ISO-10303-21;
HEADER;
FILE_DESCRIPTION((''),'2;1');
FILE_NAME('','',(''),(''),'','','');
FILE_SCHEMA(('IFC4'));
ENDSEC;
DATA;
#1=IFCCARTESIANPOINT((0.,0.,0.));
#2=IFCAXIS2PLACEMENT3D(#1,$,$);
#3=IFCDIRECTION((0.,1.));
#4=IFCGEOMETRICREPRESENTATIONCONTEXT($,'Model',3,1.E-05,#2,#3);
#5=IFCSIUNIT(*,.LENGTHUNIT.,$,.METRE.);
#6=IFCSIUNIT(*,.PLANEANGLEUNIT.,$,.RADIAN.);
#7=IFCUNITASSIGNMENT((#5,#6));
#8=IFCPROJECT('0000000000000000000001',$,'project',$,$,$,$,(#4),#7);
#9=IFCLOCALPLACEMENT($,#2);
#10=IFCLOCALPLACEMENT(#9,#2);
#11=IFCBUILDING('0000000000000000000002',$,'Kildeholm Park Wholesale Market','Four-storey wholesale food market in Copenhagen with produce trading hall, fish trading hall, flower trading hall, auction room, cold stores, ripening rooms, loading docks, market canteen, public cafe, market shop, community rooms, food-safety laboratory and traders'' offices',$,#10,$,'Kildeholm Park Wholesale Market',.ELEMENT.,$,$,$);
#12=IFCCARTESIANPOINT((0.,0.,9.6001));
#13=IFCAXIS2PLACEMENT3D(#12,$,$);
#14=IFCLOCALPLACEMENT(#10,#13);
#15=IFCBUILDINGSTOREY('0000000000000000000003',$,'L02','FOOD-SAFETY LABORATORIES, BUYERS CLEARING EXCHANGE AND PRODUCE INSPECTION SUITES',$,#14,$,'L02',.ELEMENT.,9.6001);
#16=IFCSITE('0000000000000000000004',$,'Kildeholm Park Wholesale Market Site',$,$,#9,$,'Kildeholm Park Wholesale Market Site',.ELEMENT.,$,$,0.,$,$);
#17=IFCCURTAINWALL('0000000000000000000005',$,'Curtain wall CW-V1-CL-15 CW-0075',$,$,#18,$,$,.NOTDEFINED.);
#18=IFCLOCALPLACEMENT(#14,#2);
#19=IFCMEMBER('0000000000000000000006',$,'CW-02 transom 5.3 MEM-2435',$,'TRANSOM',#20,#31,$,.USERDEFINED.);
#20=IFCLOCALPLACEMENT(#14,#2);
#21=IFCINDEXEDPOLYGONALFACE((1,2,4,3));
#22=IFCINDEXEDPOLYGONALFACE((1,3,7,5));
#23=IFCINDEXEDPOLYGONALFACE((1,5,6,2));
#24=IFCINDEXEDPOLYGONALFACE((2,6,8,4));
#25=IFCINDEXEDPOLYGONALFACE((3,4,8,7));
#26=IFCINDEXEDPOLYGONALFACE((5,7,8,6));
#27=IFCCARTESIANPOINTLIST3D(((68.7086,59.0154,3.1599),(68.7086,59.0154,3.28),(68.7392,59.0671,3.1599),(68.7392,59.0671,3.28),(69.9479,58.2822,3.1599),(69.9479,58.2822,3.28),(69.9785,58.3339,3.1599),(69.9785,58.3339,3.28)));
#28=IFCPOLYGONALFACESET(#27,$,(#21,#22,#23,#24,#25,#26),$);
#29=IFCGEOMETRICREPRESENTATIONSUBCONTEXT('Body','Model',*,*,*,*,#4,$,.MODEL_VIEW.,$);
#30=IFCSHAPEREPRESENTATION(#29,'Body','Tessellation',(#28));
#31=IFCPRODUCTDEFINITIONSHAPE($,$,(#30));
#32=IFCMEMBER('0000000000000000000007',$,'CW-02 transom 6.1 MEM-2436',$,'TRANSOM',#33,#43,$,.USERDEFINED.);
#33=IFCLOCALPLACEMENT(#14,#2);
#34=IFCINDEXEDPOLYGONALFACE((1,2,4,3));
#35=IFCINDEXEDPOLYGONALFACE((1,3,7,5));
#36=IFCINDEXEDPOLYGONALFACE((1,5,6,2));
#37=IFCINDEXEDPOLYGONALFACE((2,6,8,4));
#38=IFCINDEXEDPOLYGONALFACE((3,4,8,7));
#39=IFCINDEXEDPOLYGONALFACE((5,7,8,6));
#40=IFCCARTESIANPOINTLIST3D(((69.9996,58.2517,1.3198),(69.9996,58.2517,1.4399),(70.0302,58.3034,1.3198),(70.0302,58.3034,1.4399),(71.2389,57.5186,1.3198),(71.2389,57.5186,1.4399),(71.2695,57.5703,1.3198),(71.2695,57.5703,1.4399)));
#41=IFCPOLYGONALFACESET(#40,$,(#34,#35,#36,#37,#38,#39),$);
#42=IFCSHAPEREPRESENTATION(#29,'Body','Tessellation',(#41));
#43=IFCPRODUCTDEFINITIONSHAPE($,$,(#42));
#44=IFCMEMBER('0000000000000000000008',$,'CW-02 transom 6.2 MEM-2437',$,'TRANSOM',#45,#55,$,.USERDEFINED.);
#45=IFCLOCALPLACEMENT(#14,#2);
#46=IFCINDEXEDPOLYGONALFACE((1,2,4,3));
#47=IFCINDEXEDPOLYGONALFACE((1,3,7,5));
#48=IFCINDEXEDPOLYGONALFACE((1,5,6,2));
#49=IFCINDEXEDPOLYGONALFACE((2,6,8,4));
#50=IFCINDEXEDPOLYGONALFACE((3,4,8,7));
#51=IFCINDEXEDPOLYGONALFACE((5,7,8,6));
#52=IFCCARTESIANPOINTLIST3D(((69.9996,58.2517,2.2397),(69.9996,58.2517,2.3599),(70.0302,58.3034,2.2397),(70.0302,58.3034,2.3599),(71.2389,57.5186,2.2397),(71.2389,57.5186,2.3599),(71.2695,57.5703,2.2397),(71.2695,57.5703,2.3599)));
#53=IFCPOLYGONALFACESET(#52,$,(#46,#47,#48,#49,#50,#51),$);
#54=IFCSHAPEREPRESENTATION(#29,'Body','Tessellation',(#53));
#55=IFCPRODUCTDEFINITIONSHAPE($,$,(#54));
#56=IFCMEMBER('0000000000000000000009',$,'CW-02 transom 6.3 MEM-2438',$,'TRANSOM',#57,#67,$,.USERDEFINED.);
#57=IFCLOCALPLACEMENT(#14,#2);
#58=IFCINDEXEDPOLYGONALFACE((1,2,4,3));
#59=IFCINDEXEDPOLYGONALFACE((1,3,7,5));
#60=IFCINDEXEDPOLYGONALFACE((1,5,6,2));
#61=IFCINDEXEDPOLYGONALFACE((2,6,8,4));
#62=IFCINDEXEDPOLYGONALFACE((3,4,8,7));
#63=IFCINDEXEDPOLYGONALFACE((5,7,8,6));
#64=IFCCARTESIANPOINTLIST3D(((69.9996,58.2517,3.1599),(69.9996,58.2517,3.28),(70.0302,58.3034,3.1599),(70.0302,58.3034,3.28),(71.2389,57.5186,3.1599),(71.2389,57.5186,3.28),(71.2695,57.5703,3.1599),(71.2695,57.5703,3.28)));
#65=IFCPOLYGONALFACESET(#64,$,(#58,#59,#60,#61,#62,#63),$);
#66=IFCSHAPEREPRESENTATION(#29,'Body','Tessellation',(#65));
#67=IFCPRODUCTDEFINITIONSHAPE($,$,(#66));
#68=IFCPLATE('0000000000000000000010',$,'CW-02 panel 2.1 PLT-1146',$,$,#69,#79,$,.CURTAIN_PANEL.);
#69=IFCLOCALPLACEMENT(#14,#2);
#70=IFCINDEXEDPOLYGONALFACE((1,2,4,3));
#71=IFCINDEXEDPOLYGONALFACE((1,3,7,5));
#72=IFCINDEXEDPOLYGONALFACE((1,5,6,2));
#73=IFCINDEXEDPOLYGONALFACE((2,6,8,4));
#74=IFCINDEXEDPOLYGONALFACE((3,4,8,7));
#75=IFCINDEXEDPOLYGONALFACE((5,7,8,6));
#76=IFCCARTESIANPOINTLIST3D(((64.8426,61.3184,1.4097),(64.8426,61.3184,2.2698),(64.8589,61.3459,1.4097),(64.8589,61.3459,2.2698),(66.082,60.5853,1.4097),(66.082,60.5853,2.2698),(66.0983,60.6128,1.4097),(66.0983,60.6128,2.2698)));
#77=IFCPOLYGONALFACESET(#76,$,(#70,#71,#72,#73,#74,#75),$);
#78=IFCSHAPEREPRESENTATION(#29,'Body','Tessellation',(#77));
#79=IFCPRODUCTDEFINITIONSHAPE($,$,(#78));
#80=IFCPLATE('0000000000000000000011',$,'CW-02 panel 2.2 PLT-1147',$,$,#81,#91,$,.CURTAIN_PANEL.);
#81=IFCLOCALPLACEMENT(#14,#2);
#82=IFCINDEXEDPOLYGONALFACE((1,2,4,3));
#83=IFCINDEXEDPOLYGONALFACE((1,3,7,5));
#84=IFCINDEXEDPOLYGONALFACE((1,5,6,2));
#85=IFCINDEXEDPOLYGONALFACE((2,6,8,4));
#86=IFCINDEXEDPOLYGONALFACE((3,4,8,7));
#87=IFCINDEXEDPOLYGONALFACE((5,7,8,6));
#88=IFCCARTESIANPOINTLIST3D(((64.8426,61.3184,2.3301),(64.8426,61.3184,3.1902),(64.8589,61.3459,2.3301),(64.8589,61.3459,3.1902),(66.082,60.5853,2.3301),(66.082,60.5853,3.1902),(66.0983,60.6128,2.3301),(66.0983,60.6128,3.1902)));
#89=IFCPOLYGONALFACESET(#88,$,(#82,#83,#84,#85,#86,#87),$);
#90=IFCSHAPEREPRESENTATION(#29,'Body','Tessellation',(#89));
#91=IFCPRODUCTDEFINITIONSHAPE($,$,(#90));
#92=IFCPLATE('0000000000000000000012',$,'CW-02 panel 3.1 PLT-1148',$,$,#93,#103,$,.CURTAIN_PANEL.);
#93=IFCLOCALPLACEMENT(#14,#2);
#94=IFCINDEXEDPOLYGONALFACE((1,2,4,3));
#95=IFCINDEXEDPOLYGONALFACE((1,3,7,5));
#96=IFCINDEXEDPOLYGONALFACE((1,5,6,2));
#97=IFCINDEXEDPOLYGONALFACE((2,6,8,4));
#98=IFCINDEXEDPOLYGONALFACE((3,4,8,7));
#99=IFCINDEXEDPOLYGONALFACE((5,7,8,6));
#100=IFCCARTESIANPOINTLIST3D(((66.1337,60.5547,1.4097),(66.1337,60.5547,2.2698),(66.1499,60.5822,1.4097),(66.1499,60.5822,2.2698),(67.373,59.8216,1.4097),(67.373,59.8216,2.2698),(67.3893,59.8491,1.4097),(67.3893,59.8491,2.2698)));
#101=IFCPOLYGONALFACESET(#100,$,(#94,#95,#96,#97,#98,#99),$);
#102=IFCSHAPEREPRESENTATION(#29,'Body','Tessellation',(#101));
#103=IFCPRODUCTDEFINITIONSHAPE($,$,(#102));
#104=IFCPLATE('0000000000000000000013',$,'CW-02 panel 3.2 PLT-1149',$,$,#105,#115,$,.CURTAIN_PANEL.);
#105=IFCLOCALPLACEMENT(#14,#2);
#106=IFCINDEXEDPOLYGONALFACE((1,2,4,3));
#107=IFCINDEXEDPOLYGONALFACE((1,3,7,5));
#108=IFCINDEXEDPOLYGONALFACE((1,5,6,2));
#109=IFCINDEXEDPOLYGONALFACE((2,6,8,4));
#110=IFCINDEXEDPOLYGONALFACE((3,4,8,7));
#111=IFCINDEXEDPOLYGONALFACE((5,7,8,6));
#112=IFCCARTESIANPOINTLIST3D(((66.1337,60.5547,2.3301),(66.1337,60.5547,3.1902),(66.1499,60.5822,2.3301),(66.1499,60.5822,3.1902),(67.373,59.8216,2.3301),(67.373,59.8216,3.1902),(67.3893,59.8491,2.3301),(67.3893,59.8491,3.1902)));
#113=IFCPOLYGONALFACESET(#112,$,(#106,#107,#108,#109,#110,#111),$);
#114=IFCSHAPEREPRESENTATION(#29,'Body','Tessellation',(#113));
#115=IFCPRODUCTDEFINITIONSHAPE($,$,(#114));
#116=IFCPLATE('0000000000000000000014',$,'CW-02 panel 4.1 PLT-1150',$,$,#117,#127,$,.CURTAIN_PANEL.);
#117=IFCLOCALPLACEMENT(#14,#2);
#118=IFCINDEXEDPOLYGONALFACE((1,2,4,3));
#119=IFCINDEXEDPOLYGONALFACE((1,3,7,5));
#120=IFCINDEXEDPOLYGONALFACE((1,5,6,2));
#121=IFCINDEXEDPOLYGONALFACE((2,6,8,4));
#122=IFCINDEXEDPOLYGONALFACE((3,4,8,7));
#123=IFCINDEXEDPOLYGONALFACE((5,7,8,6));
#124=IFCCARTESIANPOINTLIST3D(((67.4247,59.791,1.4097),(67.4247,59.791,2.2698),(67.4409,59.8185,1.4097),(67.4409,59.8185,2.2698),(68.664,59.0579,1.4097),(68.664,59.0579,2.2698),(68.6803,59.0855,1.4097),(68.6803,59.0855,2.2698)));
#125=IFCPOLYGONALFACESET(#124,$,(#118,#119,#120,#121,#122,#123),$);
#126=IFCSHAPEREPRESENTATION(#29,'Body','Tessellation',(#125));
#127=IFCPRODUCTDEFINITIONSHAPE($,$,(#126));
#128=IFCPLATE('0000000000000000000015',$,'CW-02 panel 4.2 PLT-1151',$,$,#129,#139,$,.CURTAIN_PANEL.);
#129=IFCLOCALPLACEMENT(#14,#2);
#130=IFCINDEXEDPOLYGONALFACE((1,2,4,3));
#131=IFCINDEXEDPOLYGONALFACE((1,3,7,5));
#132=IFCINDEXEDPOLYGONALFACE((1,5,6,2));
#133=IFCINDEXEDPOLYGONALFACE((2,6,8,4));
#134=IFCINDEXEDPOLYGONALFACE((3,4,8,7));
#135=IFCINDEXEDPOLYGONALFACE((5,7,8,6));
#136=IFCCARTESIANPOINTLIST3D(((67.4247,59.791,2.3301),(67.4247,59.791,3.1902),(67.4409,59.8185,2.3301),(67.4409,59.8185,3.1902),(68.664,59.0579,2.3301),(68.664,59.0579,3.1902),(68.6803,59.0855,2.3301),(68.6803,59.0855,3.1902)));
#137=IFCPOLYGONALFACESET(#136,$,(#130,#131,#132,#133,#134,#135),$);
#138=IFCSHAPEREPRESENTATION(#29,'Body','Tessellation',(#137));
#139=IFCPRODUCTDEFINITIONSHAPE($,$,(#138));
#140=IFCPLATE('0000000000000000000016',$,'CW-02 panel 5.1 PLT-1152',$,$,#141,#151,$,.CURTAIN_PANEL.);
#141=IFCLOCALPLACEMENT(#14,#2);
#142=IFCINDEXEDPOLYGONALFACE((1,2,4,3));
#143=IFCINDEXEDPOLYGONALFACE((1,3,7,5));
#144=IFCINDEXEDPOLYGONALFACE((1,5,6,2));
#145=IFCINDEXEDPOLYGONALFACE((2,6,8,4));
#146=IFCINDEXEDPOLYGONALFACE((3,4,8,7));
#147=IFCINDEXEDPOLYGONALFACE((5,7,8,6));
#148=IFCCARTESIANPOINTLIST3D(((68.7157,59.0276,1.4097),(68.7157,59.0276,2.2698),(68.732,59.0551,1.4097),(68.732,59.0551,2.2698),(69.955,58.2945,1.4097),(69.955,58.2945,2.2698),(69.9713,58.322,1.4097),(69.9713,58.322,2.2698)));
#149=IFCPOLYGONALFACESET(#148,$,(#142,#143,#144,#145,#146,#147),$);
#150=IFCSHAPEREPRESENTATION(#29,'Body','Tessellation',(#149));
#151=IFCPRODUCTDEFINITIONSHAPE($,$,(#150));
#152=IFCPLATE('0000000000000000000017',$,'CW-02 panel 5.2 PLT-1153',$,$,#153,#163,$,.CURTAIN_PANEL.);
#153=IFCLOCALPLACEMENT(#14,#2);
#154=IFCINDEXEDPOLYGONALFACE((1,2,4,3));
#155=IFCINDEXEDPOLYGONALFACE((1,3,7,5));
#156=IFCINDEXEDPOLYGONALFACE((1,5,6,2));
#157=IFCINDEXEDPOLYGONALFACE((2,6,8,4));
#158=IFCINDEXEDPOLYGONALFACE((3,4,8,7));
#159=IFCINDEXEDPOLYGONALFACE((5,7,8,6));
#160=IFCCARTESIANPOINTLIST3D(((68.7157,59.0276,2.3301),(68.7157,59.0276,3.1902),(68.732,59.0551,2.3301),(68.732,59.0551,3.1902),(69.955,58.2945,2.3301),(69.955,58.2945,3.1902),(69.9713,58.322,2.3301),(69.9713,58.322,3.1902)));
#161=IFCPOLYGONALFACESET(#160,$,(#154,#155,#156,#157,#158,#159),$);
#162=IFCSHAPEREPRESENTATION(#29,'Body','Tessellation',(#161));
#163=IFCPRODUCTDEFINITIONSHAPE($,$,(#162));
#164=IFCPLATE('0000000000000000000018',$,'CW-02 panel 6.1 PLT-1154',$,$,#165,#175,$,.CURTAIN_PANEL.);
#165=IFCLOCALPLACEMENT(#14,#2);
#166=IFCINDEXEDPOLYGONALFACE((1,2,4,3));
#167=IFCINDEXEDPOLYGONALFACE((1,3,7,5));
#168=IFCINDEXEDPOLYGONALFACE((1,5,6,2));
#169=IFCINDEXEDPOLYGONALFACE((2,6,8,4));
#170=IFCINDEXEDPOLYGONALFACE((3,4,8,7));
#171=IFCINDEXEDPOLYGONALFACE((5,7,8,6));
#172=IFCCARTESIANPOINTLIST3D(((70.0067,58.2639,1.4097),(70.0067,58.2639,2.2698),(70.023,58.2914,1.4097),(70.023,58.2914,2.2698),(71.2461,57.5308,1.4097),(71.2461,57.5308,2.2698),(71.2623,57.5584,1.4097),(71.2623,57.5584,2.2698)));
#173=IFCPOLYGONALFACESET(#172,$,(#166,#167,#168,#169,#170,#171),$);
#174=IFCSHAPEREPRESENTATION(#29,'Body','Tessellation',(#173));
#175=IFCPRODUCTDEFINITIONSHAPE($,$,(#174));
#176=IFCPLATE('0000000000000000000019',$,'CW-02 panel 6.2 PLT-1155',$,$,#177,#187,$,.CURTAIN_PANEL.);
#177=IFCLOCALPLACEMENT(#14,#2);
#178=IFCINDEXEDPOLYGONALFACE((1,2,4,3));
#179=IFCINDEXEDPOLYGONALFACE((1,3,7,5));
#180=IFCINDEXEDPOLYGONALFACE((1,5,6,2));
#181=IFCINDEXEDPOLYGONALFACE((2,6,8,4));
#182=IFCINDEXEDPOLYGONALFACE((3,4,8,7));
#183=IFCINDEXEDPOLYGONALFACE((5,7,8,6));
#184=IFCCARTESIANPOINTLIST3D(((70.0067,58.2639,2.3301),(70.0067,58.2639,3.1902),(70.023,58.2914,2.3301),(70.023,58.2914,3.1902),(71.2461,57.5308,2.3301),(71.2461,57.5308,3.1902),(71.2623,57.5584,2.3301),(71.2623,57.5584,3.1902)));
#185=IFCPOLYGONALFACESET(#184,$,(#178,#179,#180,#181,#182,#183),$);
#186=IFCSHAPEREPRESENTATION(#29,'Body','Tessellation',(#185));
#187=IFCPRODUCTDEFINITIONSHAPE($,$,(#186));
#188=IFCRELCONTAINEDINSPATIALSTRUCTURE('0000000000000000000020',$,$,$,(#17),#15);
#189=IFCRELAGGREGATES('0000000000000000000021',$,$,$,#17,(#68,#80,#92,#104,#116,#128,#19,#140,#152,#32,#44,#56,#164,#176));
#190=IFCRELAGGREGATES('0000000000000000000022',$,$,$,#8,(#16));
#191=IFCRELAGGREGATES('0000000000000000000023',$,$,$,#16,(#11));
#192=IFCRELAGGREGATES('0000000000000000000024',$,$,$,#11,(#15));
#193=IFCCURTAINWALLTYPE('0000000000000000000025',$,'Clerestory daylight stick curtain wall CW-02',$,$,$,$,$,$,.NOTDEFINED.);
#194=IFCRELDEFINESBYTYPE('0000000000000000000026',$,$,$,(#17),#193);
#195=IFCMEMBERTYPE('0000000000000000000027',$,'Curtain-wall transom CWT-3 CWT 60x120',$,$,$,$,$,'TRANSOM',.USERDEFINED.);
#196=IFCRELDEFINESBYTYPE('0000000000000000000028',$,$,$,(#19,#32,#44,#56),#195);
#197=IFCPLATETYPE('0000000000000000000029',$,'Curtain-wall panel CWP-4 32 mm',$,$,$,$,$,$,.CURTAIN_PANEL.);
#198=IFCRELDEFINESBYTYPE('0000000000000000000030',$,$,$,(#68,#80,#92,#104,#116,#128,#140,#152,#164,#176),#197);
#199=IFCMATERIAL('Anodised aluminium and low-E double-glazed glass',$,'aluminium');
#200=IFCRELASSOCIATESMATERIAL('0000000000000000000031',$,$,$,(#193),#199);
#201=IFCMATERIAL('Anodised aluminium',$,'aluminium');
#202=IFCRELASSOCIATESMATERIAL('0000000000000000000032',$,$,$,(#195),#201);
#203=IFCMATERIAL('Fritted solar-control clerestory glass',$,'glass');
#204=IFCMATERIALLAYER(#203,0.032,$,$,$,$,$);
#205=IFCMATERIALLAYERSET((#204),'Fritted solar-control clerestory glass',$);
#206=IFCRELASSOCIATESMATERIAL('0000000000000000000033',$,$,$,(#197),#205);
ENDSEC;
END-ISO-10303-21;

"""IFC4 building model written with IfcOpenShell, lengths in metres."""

from ifc_helpers import new_model, si_unit, direction, frame, origin, origin_2d, place, context, subcontext, project, spatial, rectangle, extrude, material, layer, layer_set, material_profile, profile_set, type_object, element, aggregate, save


model = new_model("IFC4")

# Units and contexts
model_context = context("Model", 3, precision=1e-05, world=origin(), true_north=direction((0.0, 1.0)))
body_context = subcontext(model_context, "Body", "Model", "MODEL_VIEW")
ifc_project = project(units=[si_unit("LENGTHUNIT", "METRE"), si_unit("PLANEANGLEUNIT", "RADIAN")], contexts=[model_context])

# Site, building, storey
site_placement = place(None, origin())
site = spatial("IfcSite", under=ifc_project, at=site_placement, Name="Kildeholm Park Wholesale Market Site", LongName="Kildeholm Park Wholesale Market Site", CompositionType="ELEMENT", RefElevation=0.0)
building_placement = place(site_placement, origin())
building = spatial("IfcBuilding", under=site, at=building_placement, Name="Kildeholm Park Wholesale Market", Description="Four-storey wholesale food market in Copenhagen with produce trading hall, fish trading hall, flower trading hall, auction room, cold stores, ripening rooms, loading docks, market canteen, public cafe, market shop, community rooms, food-safety laboratory and traders' offices", LongName="Kildeholm Park Wholesale Market", CompositionType="ELEMENT")
storey_placement = place(building_placement, frame((0.0, 0.0, 9.6001)))
storey = spatial("IfcBuildingStorey", under=building, at=storey_placement, Name="L02", Description="FOOD-SAFETY LABORATORIES, BUYERS CLEARING EXCHANGE AND PRODUCE INSPECTION SUITES", LongName="L02", CompositionType="ELEMENT", Elevation=9.6001)

# Curtain wall, members, plates
ifc_material_1 = material(Name="Anodised aluminium and low-E double-glazed glass", Category="aluminium")
curtain_wall_type = type_object("IfcCurtainWallType", Name="Clerestory daylight stick curtain wall CW-02", PredefinedType="NOTDEFINED", material=ifc_material_1)
curtain_wall_placement = place(storey_placement, origin())
curtain_wall = element("IfcCurtainWall", 1, at=curtain_wall_placement, inside=storey, type_object=curtain_wall_type, Name="Curtain wall CW-V1-CL-15 CW-0075", PredefinedType="NOTDEFINED")
ifc_material_2 = material(Name="Anodised aluminium", Category="aluminium")
ifc_material_profile_1 = material_profile(ifc_material_2, rectangle(XDim=0.0601, YDim=0.1201, at=origin_2d()), Name="CWT 60x120")
ifc_profile_set_1 = profile_set([ifc_material_profile_1], Name="Anodised aluminium")
member_type_1 = type_object("IfcMemberType", Name="Curtain-wall transom CWT-3 CWT 60x120", ElementType="TRANSOM", PredefinedType="USERDEFINED", material=ifc_profile_set_1)
member_1_placement = place(storey_placement, frame((68.7239, 59.0413, 3.22), z_axis=(0.860663, -0.509175, 0.0), x_axis=(0.509175, 0.860663, 0.0)))
member_1 = element("IfcMember", 2, at=member_1_placement, type_object=member_type_1, Name="CW-02 transom 5.3 MEM-2435", ObjectType="TRANSOM", PredefinedType="USERDEFINED", context=body_context, shape_type="SweptSolid", body=[
    extrude(rectangle(XDim=0.0601, YDim=0.1201, at=origin_2d()), origin(), (0.0, 0.0, 1.0), 1.4399),
])
member_2_placement = place(storey_placement, frame((70.0149, 58.2776, 1.3799), z_axis=(0.860663, -0.509175, 0.0), x_axis=(0.509175, 0.860663, 0.0)))
member_2 = element("IfcMember", 3, at=member_2_placement, type_object=member_type_1, Name="CW-02 transom 6.1 MEM-2436", ObjectType="TRANSOM", PredefinedType="USERDEFINED", context=body_context, shape_type="SweptSolid", body=[
    extrude(rectangle(XDim=0.0601, YDim=0.1201, at=origin_2d()), origin(), (0.0, 0.0, 1.0), 1.4399),
])
member_3_placement = place(storey_placement, frame((70.0149, 58.2776, 2.2998), z_axis=(0.860663, -0.509175, 0.0), x_axis=(0.509175, 0.860663, 0.0)))
member_3 = element("IfcMember", 4, at=member_3_placement, type_object=member_type_1, Name="CW-02 transom 6.2 MEM-2437", ObjectType="TRANSOM", PredefinedType="USERDEFINED", context=body_context, shape_type="SweptSolid", body=[
    extrude(rectangle(XDim=0.0601, YDim=0.1201, at=origin_2d()), origin(), (0.0, 0.0, 1.0), 1.4399),
])
member_4_placement = place(storey_placement, frame((70.0149, 58.2776, 3.22), z_axis=(0.860663, -0.509175, 0.0), x_axis=(0.509175, 0.860663, 0.0)))
member_4 = element("IfcMember", 5, at=member_4_placement, type_object=member_type_1, Name="CW-02 transom 6.3 MEM-2438", ObjectType="TRANSOM", PredefinedType="USERDEFINED", context=body_context, shape_type="SweptSolid", body=[
    extrude(rectangle(XDim=0.0601, YDim=0.1201, at=origin_2d()), origin(), (0.0, 0.0, 1.0), 1.4399),
])
ifc_material_3 = material(Name="Fritted solar-control clerestory glass", Category="glass")
ifc_layer = layer(ifc_material_3, 0.032)
ifc_layer_set = layer_set([ifc_layer], Name="Fritted solar-control clerestory glass")
plate_type = type_object("IfcPlateType", Name="Curtain-wall panel CWP-4 32 mm", PredefinedType="CURTAIN_PANEL", material=ifc_layer_set)
plate_1_placement = place(storey_placement, frame((65.4705, 60.9656, 1.4097), z_axis=(0.0, 0.0, 1.0), x_axis=(0.860704, -0.509105, 0.0)))
plate_1 = element("IfcPlate", 6, at=plate_1_placement, type_object=plate_type, Name="CW-02 panel 2.1 PLT-1146", PredefinedType="CURTAIN_PANEL", context=body_context, shape_type="SweptSolid", body=[
    extrude(rectangle(XDim=1.4399, YDim=0.032, at=origin_2d()), origin(), (0.0, 0.0, 1.0), 0.8601),
])
plate_2_placement = place(storey_placement, frame((65.4705, 60.9656, 2.3301), z_axis=(0.0, 0.0, 1.0), x_axis=(0.860704, -0.509105, 0.0)))
plate_2 = element("IfcPlate", 7, at=plate_2_placement, type_object=plate_type, Name="CW-02 panel 2.2 PLT-1147", PredefinedType="CURTAIN_PANEL", context=body_context, shape_type="SweptSolid", body=[
    extrude(rectangle(XDim=1.4399, YDim=0.032, at=origin_2d()), origin(), (0.0, 0.0, 1.0), 0.8601),
])
plate_3_placement = place(storey_placement, frame((66.7615, 60.2019, 1.4097), z_axis=(0.0, 0.0, 1.0), x_axis=(0.860704, -0.509105, 0.0)))
plate_3 = element("IfcPlate", 8, at=plate_3_placement, type_object=plate_type, Name="CW-02 panel 3.1 PLT-1148", PredefinedType="CURTAIN_PANEL", context=body_context, shape_type="SweptSolid", body=[
    extrude(rectangle(XDim=1.4399, YDim=0.032, at=origin_2d()), origin(), (0.0, 0.0, 1.0), 0.8601),
])
plate_4_placement = place(storey_placement, frame((66.7615, 60.2019, 2.3301), z_axis=(0.0, 0.0, 1.0), x_axis=(0.860704, -0.509105, 0.0)))
plate_4 = element("IfcPlate", 9, at=plate_4_placement, type_object=plate_type, Name="CW-02 panel 3.2 PLT-1149", PredefinedType="CURTAIN_PANEL", context=body_context, shape_type="SweptSolid", body=[
    extrude(rectangle(XDim=1.4399, YDim=0.032, at=origin_2d()), origin(), (0.0, 0.0, 1.0), 0.8601),
])
plate_5_placement = place(storey_placement, frame((68.0525, 59.4382, 1.4097), z_axis=(0.0, 0.0, 1.0), x_axis=(0.860704, -0.509105, 0.0)))
plate_5 = element("IfcPlate", 10, at=plate_5_placement, type_object=plate_type, Name="CW-02 panel 4.1 PLT-1150", PredefinedType="CURTAIN_PANEL", context=body_context, shape_type="SweptSolid", body=[
    extrude(rectangle(XDim=1.4399, YDim=0.032, at=origin_2d()), origin(), (0.0, 0.0, 1.0), 0.8601),
])
plate_6_placement = place(storey_placement, frame((68.0525, 59.4382, 2.3301), z_axis=(0.0, 0.0, 1.0), x_axis=(0.860704, -0.509105, 0.0)))
plate_6 = element("IfcPlate", 11, at=plate_6_placement, type_object=plate_type, Name="CW-02 panel 4.2 PLT-1151", PredefinedType="CURTAIN_PANEL", context=body_context, shape_type="SweptSolid", body=[
    extrude(rectangle(XDim=1.4399, YDim=0.032, at=origin_2d()), origin(), (0.0, 0.0, 1.0), 0.8601),
])
plate_7_placement = place(storey_placement, frame((69.3435, 58.6748, 1.4097), z_axis=(0.0, 0.0, 1.0), x_axis=(0.860704, -0.509105, 0.0)))
plate_7 = element("IfcPlate", 12, at=plate_7_placement, type_object=plate_type, Name="CW-02 panel 5.1 PLT-1152", PredefinedType="CURTAIN_PANEL", context=body_context, shape_type="SweptSolid", body=[
    extrude(rectangle(XDim=1.4399, YDim=0.032, at=origin_2d()), origin(), (0.0, 0.0, 1.0), 0.8601),
])
plate_8_placement = place(storey_placement, frame((69.3435, 58.6748, 2.3301), z_axis=(0.0, 0.0, 1.0), x_axis=(0.860704, -0.509105, 0.0)))
plate_8 = element("IfcPlate", 13, at=plate_8_placement, type_object=plate_type, Name="CW-02 panel 5.2 PLT-1153", PredefinedType="CURTAIN_PANEL", context=body_context, shape_type="SweptSolid", body=[
    extrude(rectangle(XDim=1.4399, YDim=0.032, at=origin_2d()), origin(), (0.0, 0.0, 1.0), 0.8601),
])
plate_9_placement = place(storey_placement, frame((70.6345, 57.9111, 1.4097), z_axis=(0.0, 0.0, 1.0), x_axis=(0.860704, -0.509105, 0.0)))
plate_9 = element("IfcPlate", 14, at=plate_9_placement, type_object=plate_type, Name="CW-02 panel 6.1 PLT-1154", PredefinedType="CURTAIN_PANEL", context=body_context, shape_type="SweptSolid", body=[
    extrude(rectangle(XDim=1.4399, YDim=0.032, at=origin_2d()), origin(), (0.0, 0.0, 1.0), 0.8601),
])
plate_10_placement = place(storey_placement, frame((70.6345, 57.9111, 2.3301), z_axis=(0.0, 0.0, 1.0), x_axis=(0.860704, -0.509105, 0.0)))
plate_10 = element("IfcPlate", 15, at=plate_10_placement, type_object=plate_type, Name="CW-02 panel 6.2 PLT-1155", PredefinedType="CURTAIN_PANEL", context=body_context, shape_type="SweptSolid", body=[
    extrude(rectangle(XDim=1.4399, YDim=0.032, at=origin_2d()), origin(), (0.0, 0.0, 1.0), 0.8601),
])
aggregate(curtain_wall, [plate_1, plate_2, plate_3, plate_4, plate_5, plate_6, member_1, plate_7, plate_8, member_2, member_3, member_4, plate_9, plate_10])

save(model, "model.ifc")
